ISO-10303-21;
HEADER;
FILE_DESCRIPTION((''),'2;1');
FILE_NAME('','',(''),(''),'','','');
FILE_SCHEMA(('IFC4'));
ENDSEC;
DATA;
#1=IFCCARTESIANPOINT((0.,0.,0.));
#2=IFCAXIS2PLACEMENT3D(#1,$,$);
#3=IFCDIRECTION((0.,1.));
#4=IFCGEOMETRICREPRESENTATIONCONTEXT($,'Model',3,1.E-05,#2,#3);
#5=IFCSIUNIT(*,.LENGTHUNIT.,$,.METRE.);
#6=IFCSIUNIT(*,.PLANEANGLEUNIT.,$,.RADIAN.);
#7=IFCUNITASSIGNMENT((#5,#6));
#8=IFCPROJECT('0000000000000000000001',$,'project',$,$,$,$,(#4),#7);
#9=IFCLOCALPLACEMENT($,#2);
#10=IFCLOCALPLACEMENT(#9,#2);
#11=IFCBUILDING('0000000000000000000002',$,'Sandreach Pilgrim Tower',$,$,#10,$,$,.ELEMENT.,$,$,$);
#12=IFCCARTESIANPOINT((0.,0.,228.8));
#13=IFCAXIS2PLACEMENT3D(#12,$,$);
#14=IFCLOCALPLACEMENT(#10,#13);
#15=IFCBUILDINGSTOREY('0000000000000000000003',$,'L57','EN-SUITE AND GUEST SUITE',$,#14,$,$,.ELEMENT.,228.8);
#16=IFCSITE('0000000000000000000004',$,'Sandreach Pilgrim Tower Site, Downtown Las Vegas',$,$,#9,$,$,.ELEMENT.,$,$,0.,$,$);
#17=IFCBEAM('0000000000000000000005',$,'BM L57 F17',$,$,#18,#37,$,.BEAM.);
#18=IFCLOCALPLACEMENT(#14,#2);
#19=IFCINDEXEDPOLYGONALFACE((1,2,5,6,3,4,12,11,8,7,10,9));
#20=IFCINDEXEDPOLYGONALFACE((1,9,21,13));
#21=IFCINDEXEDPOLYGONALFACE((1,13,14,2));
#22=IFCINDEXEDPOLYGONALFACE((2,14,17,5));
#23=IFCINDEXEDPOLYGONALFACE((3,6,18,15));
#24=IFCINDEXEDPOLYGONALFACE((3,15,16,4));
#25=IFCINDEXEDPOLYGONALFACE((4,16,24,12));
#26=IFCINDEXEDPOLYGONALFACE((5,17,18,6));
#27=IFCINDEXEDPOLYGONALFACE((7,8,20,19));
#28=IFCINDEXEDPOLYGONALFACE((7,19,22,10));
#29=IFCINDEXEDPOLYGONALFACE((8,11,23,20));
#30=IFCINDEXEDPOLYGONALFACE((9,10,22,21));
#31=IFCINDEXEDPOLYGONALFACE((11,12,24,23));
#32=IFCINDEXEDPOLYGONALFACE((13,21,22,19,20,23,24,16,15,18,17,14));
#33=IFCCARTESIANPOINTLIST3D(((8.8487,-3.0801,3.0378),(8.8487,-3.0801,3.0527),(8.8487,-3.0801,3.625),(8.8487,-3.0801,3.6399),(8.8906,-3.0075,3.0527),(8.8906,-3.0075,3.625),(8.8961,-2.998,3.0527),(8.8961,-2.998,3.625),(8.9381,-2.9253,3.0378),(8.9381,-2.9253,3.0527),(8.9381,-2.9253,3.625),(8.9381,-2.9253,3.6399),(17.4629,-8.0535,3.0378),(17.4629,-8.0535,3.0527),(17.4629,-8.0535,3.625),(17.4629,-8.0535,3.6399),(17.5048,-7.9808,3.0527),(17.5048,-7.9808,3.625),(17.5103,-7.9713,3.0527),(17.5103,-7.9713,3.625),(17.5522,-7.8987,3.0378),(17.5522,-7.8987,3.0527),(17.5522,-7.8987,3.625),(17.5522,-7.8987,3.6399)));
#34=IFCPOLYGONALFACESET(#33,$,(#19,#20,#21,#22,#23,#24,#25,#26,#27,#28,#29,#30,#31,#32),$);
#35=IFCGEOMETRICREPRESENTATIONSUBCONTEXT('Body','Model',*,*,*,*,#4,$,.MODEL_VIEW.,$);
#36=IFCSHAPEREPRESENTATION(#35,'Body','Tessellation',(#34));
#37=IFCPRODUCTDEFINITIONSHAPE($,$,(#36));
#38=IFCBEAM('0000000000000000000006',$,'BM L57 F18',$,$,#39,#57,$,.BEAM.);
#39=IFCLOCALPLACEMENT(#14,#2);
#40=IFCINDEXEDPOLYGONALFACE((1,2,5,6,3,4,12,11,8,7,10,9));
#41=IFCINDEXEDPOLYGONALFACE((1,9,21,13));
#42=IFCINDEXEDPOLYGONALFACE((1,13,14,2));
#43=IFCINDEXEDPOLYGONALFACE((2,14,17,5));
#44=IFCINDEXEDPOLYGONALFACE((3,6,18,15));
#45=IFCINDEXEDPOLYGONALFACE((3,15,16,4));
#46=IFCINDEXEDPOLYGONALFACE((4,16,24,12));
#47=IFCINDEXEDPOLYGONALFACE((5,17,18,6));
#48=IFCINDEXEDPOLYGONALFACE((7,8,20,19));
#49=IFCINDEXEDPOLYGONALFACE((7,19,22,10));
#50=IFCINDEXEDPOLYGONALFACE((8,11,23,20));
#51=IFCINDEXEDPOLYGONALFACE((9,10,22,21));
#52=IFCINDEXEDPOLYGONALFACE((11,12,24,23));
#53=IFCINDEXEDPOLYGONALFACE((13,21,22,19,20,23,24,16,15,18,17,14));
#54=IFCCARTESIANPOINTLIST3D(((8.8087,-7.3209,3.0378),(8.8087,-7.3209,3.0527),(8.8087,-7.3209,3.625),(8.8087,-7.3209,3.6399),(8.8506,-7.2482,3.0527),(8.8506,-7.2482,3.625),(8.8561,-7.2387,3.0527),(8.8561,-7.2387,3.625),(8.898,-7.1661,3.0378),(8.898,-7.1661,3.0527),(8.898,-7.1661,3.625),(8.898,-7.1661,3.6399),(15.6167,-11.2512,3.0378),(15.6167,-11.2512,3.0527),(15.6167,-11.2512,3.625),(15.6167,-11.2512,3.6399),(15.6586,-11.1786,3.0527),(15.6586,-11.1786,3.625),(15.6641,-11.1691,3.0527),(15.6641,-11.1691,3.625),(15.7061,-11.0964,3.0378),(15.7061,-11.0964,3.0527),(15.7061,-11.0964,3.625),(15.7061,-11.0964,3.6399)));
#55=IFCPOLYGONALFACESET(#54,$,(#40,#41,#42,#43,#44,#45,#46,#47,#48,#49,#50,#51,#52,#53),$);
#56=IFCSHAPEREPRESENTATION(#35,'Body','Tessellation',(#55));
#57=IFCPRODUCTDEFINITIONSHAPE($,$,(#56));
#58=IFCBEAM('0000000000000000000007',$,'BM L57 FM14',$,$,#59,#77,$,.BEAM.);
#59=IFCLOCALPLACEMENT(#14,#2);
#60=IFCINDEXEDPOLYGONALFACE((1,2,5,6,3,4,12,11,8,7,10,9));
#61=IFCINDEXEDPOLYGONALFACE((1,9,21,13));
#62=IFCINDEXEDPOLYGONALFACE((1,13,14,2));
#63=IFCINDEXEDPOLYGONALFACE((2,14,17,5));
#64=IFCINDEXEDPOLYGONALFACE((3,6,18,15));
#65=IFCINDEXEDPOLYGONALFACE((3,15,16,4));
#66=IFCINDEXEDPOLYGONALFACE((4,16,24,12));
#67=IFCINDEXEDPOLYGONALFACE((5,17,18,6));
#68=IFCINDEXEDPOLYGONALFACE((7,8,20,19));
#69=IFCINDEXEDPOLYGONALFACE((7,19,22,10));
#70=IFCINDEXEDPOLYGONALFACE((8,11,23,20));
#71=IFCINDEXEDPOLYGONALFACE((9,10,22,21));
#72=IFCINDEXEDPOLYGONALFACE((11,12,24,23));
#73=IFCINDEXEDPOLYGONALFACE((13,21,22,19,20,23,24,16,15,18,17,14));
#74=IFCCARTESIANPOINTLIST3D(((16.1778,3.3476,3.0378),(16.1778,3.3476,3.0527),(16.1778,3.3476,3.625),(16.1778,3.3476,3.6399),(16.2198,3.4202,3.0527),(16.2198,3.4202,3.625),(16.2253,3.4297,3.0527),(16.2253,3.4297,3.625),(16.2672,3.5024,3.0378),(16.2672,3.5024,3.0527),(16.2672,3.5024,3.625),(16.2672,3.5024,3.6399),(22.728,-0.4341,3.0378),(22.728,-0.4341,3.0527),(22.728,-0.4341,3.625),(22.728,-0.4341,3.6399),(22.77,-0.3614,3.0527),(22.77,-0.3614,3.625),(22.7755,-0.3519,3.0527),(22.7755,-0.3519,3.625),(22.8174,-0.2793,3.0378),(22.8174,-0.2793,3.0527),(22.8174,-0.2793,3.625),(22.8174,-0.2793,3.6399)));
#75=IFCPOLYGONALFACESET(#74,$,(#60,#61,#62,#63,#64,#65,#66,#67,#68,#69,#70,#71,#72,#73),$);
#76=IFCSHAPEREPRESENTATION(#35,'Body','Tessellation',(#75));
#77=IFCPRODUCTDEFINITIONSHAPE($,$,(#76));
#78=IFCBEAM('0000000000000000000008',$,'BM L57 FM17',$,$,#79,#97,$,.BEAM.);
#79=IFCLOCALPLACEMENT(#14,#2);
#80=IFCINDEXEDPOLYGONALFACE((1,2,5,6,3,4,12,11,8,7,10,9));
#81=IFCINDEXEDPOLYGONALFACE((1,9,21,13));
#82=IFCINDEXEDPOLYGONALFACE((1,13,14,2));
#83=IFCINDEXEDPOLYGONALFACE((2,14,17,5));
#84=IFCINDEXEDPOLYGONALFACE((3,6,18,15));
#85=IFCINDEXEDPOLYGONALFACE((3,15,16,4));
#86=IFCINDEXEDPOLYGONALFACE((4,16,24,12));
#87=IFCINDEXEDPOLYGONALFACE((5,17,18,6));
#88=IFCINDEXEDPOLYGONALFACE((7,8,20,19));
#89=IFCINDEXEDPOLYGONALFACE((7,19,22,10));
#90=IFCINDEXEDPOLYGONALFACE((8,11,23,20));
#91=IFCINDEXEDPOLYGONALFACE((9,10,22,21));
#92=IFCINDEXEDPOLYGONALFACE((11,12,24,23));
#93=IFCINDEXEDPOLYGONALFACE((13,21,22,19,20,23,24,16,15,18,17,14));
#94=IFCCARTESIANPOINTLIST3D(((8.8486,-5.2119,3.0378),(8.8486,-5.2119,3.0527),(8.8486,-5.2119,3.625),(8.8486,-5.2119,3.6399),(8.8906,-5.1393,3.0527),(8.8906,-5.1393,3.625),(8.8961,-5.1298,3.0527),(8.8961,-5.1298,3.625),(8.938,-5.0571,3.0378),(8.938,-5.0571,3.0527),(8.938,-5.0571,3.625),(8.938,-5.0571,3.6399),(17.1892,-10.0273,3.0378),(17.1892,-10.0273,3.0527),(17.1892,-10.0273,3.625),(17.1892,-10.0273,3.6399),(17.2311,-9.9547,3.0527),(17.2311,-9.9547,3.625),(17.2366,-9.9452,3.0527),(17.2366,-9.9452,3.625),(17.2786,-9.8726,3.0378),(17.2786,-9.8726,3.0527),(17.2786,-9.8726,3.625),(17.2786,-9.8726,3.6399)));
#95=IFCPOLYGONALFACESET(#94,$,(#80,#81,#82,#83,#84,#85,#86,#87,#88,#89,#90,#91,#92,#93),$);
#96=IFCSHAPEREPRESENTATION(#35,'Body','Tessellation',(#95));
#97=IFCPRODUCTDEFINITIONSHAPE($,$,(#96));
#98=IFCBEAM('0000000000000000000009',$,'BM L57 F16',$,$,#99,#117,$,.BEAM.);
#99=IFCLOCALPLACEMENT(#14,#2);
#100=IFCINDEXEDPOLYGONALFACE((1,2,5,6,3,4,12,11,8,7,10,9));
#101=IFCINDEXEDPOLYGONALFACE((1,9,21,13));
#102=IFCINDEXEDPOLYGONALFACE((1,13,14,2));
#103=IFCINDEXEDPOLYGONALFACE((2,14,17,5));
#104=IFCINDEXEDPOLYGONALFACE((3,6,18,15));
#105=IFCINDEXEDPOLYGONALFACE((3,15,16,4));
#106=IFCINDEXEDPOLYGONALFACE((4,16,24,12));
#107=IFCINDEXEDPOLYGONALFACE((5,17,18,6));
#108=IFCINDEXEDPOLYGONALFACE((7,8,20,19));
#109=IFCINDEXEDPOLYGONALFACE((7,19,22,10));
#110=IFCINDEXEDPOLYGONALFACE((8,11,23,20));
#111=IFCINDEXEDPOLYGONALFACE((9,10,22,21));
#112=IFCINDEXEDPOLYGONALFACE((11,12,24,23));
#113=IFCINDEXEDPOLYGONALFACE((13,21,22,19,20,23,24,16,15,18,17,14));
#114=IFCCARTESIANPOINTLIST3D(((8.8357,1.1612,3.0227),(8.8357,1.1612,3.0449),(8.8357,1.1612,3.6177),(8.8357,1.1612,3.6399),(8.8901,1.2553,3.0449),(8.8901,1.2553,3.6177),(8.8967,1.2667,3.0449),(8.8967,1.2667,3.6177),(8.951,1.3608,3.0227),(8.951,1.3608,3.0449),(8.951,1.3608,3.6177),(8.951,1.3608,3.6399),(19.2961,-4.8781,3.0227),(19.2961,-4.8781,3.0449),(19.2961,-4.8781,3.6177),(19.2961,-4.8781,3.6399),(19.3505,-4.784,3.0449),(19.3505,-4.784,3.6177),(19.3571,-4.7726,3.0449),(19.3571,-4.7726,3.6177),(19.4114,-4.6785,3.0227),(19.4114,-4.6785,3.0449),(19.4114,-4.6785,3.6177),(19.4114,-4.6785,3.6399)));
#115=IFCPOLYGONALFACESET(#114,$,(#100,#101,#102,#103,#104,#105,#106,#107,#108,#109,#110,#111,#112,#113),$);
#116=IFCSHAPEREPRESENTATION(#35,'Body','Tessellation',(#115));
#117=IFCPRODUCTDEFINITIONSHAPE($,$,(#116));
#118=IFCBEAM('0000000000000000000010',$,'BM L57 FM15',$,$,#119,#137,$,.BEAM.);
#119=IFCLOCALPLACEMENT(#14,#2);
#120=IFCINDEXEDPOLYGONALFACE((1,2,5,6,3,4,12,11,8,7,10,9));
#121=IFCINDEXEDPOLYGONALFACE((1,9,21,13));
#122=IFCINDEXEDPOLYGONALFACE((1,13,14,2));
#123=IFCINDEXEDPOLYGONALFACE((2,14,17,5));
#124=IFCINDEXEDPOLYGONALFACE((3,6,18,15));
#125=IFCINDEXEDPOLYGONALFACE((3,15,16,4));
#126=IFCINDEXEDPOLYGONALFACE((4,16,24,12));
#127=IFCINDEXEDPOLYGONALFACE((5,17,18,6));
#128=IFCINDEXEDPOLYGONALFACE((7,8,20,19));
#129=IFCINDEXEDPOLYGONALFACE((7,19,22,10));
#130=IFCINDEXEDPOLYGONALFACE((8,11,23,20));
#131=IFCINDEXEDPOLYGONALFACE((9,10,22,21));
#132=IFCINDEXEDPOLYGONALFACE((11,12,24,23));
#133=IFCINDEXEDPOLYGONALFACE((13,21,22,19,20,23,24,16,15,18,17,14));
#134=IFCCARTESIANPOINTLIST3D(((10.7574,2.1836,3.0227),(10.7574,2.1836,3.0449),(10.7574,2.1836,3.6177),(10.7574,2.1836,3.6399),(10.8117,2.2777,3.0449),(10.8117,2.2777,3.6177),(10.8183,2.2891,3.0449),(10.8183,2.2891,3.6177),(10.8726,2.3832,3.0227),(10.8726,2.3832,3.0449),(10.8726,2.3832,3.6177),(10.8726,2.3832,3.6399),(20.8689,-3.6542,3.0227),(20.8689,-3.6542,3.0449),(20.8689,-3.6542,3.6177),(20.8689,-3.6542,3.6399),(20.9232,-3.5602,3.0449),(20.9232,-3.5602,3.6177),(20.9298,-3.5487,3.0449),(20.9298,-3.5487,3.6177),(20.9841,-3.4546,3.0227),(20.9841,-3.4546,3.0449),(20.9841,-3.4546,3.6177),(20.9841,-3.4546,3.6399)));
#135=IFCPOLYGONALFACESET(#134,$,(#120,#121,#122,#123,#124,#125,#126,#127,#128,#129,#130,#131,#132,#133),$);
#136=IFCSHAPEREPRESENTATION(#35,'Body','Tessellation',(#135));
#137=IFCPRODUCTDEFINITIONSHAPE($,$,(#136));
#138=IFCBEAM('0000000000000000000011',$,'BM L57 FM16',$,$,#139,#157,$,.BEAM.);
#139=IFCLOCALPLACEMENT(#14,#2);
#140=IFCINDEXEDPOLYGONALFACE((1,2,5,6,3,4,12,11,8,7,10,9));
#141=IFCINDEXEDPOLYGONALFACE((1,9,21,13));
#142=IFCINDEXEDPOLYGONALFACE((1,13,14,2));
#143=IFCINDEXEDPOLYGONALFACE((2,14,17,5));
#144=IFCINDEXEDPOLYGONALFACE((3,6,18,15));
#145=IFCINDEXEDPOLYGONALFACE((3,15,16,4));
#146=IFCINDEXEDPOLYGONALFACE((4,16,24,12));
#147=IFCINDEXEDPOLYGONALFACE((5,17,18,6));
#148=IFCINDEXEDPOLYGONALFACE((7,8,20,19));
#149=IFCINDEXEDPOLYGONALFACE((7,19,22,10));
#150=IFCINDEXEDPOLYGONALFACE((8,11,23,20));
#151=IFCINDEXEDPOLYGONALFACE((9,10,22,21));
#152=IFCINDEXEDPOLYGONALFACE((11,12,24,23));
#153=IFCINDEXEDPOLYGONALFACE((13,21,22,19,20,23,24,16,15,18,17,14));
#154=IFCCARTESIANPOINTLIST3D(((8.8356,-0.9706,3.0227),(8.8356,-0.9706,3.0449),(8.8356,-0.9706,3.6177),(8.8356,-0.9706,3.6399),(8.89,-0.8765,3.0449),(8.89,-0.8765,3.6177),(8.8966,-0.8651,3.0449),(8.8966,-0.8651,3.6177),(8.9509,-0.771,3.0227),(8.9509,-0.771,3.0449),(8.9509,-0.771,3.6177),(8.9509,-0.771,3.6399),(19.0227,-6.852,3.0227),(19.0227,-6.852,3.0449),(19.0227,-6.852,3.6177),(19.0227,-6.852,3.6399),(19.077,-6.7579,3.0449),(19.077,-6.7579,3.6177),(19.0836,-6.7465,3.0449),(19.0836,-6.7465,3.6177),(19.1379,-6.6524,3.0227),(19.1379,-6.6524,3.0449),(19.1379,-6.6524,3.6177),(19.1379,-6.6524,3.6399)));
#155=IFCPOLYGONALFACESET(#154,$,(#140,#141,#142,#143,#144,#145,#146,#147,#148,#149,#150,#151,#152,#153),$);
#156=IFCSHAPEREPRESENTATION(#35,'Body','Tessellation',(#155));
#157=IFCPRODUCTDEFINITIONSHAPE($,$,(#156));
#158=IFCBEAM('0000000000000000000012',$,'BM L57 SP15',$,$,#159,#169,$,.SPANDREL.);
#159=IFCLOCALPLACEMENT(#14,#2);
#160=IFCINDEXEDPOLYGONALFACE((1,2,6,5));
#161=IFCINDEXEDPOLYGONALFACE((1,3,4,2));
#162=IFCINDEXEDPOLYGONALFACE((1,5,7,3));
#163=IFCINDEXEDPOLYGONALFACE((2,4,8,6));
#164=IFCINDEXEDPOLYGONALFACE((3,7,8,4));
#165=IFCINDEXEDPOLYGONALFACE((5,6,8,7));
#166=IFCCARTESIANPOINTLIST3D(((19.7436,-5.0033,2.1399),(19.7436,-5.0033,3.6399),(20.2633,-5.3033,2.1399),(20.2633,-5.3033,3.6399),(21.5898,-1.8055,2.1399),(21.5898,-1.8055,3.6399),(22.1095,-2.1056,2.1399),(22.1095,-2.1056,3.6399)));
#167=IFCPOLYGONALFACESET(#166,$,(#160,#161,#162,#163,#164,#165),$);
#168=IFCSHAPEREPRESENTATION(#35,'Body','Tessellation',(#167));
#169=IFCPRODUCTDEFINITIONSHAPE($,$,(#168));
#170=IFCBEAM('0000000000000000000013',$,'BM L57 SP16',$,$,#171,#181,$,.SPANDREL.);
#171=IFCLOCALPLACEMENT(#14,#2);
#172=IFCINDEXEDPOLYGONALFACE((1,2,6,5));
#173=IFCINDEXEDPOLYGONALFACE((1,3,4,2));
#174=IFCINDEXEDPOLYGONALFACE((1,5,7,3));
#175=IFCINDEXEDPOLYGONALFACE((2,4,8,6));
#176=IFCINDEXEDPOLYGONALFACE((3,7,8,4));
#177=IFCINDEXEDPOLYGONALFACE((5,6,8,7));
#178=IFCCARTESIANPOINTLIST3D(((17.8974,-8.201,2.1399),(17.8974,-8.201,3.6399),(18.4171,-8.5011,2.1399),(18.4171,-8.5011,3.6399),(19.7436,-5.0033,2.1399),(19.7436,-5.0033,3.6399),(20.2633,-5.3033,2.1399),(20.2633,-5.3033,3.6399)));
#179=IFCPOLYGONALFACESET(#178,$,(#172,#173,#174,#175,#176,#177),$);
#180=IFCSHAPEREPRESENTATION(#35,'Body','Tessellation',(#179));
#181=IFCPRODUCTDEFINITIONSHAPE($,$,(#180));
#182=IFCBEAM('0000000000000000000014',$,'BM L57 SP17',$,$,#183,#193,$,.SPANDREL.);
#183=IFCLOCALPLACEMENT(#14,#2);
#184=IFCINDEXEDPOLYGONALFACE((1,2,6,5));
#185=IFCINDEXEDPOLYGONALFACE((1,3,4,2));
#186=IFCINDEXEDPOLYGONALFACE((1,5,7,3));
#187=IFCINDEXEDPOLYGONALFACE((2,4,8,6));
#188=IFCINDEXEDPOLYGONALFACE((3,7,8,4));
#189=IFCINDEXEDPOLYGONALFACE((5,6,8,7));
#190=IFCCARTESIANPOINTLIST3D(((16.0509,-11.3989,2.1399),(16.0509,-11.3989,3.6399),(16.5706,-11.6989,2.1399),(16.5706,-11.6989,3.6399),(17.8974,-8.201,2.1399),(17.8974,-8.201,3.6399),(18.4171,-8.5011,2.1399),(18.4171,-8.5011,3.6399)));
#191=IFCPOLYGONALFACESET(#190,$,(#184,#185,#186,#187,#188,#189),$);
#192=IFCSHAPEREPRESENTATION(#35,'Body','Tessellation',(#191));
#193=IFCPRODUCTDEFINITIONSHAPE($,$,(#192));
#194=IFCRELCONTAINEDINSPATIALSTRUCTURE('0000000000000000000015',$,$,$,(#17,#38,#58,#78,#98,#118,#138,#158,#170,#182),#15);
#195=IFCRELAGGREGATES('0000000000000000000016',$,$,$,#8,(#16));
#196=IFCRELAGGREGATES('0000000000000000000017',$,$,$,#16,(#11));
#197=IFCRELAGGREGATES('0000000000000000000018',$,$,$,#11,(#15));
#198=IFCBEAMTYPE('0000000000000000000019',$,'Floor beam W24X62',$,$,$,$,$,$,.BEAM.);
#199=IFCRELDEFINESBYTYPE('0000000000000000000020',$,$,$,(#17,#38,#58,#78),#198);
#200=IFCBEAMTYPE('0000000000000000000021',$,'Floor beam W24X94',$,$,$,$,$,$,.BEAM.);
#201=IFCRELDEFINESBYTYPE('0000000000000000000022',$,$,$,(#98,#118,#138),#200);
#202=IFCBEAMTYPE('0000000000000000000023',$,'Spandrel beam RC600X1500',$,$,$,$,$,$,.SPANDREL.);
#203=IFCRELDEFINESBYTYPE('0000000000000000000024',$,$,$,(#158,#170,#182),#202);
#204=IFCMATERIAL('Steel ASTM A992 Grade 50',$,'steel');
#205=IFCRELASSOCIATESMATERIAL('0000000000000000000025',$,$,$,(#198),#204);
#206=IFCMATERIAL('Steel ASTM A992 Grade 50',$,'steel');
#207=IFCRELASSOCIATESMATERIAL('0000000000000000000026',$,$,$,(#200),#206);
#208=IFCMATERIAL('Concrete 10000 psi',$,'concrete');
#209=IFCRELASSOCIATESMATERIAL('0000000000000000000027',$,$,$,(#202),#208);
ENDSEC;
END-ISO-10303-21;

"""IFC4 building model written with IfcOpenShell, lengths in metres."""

from ifc_helpers import new_model, si_unit, direction, frame, origin, origin_2d, place, context, subcontext, project, spatial, rectangle, i_section, extrude, material, material_profile, profile_set, type_object, element, save


model = new_model("IFC4")

# Units and contexts
model_context = context("Model", 3, precision=1e-05, world=origin(), true_north=direction((0.0, 1.0)))
body_context = subcontext(model_context, "Body", "Model", "MODEL_VIEW")
ifc_project = project(units=[si_unit("LENGTHUNIT", "METRE"), si_unit("PLANEANGLEUNIT", "RADIAN")], contexts=[model_context])

# Site, building, storey
site_placement = place(None, origin())
site = spatial("IfcSite", under=ifc_project, at=site_placement, Name="Sandreach Pilgrim Tower Site, Downtown Las Vegas", CompositionType="ELEMENT", RefElevation=0.0)
building_placement = place(site_placement, origin())
building = spatial("IfcBuilding", under=site, at=building_placement, Name="Sandreach Pilgrim Tower", CompositionType="ELEMENT")
storey_placement = place(building_placement, frame((0.0, 0.0, 228.8)))
storey = spatial("IfcBuildingStorey", under=building, at=storey_placement, Name="L57", Description="EN-SUITE AND GUEST SUITE", CompositionType="ELEMENT", Elevation=228.8)

# Beams
ifc_material_1 = material(Name="Steel ASTM A992 Grade 50", Category="steel")
ifc_material_profile_1 = material_profile(ifc_material_1, i_section(OverallWidth=0.1787, OverallDepth=0.6021, WebThickness=0.011, FlangeThickness=0.0149, at=origin_2d()), Name="W24X62")
ifc_profile_set_1 = profile_set([ifc_material_profile_1], Name="Steel ASTM A992 Grade 50")
beam_type_1 = type_object("IfcBeamType", Name="Floor beam W24X62", PredefinedType="BEAM", material=ifc_profile_set_1)
beam_1_placement = place(storey_placement, frame((17.5076, -7.9761, 3.3389), z_axis=(-0.866028, 0.499996, 0.0), x_axis=(-0.499996, -0.866028, 0.0)))
element("IfcBeam", 1, at=beam_1_placement, inside=storey, type_object=beam_type_1, Name="BM L57 F17", PredefinedType="BEAM", context=body_context, shape_type="SweptSolid", body=[
    extrude(i_section(OverallWidth=0.1787, OverallDepth=0.6021, WebThickness=0.011, FlangeThickness=0.0149, at=origin_2d()), origin(), (0.0, 0.0, 1.0), 9.9468),
])
beam_2_placement = place(storey_placement, frame((15.6614, -11.1738, 3.3389), z_axis=(-0.866039, 0.499977, 0.0), x_axis=(-0.499977, -0.866039, 0.0)))
element("IfcBeam", 2, at=beam_2_placement, inside=storey, type_object=beam_type_1, Name="BM L57 F18", PredefinedType="BEAM", context=body_context, shape_type="SweptSolid", body=[
    extrude(i_section(OverallWidth=0.1787, OverallDepth=0.6021, WebThickness=0.011, FlangeThickness=0.0149, at=origin_2d()), origin(), (0.0, 0.0, 1.0), 7.8611),
])
beam_3_placement = place(storey_placement, frame((22.7727, -0.3567, 3.3389), z_axis=(-0.86603, 0.499993, 0.0), x_axis=(-0.499993, -0.86603, 0.0)))
element("IfcBeam", 3, at=beam_3_placement, inside=storey, type_object=beam_type_1, Name="BM L57 FM14", PredefinedType="BEAM", context=body_context, shape_type="SweptSolid", body=[
    extrude(i_section(OverallWidth=0.1787, OverallDepth=0.6021, WebThickness=0.011, FlangeThickness=0.0149, at=origin_2d()), origin(), (0.0, 0.0, 1.0), 7.5635),
])
beam_4_placement = place(storey_placement, frame((17.2339, -9.95, 3.3389), z_axis=(-0.866026, 0.5, 0.0), x_axis=(-0.5, -0.866026, 0.0)))
element("IfcBeam", 4, at=beam_4_placement, inside=storey, type_object=beam_type_1, Name="BM L57 FM17", PredefinedType="BEAM", context=body_context, shape_type="SweptSolid", body=[
    extrude(i_section(OverallWidth=0.1787, OverallDepth=0.6021, WebThickness=0.011, FlangeThickness=0.0149, at=origin_2d()), origin(), (0.0, 0.0, 1.0), 9.6309),
])
ifc_material_2 = material(Name="Steel ASTM A992 Grade 50", Category="steel")
ifc_material_profile_2 = material_profile(ifc_material_2, i_section(OverallWidth=0.2305, OverallDepth=0.6172, WebThickness=0.0132, FlangeThickness=0.0222, at=origin_2d()), Name="W24X94")
ifc_profile_set_2 = profile_set([ifc_material_profile_2], Name="Steel ASTM A992 Grade 50")
beam_type_2 = type_object("IfcBeamType", Name="Floor beam W24X94", PredefinedType="BEAM", material=ifc_profile_set_2)
beam_5_placement = place(storey_placement, frame((19.3538, -4.7783, 3.3313), z_axis=(-0.866027, 0.499998, 0.0), x_axis=(-0.499998, -0.866027, 0.0)))
element("IfcBeam", 5, at=beam_5_placement, inside=storey, type_object=beam_type_2, Name="BM L57 F16", PredefinedType="BEAM", context=body_context, shape_type="SweptSolid", body=[
    extrude(i_section(OverallWidth=0.2305, OverallDepth=0.6172, WebThickness=0.0132, FlangeThickness=0.0222, at=origin_2d()), origin(), (0.0, 0.0, 1.0), 12.0786),
])
beam_6_placement = place(storey_placement, frame((20.9265, -3.5544, 3.3313), z_axis=(-0.866026, 0.499998, 0.0), x_axis=(-0.499998, -0.866026, 0.0)))
element("IfcBeam", 6, at=beam_6_placement, inside=storey, type_object=beam_type_2, Name="BM L57 FM15", PredefinedType="BEAM", context=body_context, shape_type="SweptSolid", body=[
    extrude(i_section(OverallWidth=0.2305, OverallDepth=0.6172, WebThickness=0.0132, FlangeThickness=0.0222, at=origin_2d()), origin(), (0.0, 0.0, 1.0), 11.6758),
])
beam_7_placement = place(storey_placement, frame((19.0803, -6.7522, 3.3313), z_axis=(-0.86603, 0.499992, 0.0), x_axis=(-0.499992, -0.86603, 0.0)))
element("IfcBeam", 7, at=beam_7_placement, inside=storey, type_object=beam_type_2, Name="BM L57 FM16", PredefinedType="BEAM", context=body_context, shape_type="SweptSolid", body=[
    extrude(i_section(OverallWidth=0.2305, OverallDepth=0.6172, WebThickness=0.0132, FlangeThickness=0.0222, at=origin_2d()), origin(), (0.0, 0.0, 1.0), 11.7629),
])
ifc_material_3 = material(Name="Concrete 10000 psi", Category="concrete")
ifc_material_profile_3 = material_profile(ifc_material_3, rectangle(XDim=0.6001, YDim=1.5, at=origin_2d()), Name="RC600X1500")
ifc_profile_set_3 = profile_set([ifc_material_profile_3], Name="Concrete 10000 psi")
beam_type_3 = type_object("IfcBeamType", Name="Spandrel beam RC600X1500", PredefinedType="SPANDREL", material=ifc_profile_set_3)
for number, where, z_axis, x_axis, name in (
    (8, (21.8496, -1.9556, 2.8899), (-0.499993, -0.866029, 0.0), (0.866029, -0.499993, 0.0), "BM L57 SP15"),
    (9, (20.0034, -5.1533, 2.8899), (-0.499993, -0.866029, 0.0), (0.866029, -0.499993, 0.0), "BM L57 SP16"),
):
    element("IfcBeam", number, at=place(storey_placement, frame(where, z_axis=z_axis, x_axis=x_axis)), inside=storey, type_object=beam_type_3, Name=name, PredefinedType="SPANDREL", context=body_context, shape_type="SweptSolid", body=[
        extrude(rectangle(XDim=0.6001, YDim=1.5, at=origin_2d()), origin(), (0.0, 0.0, 1.0), 3.6924),
    ])
for number, where, z_axis, x_axis, name in (
    (10, (18.1572, -8.3511, 2.8899), (-0.500043, -0.866001, 0.0), (0.866001, -0.500043, 0.0), "BM L57 SP17"),
):
    element("IfcBeam", number, at=place(storey_placement, frame(where, z_axis=z_axis, x_axis=x_axis)), inside=storey, type_object=beam_type_3, Name=name, PredefinedType="SPANDREL", context=body_context, shape_type="SweptSolid", body=[
        extrude(rectangle(XDim=0.6001, YDim=1.5, at=origin_2d()), origin(), (0.0, 0.0, 1.0), 3.6926),
    ])

save(model, "model.ifc")
